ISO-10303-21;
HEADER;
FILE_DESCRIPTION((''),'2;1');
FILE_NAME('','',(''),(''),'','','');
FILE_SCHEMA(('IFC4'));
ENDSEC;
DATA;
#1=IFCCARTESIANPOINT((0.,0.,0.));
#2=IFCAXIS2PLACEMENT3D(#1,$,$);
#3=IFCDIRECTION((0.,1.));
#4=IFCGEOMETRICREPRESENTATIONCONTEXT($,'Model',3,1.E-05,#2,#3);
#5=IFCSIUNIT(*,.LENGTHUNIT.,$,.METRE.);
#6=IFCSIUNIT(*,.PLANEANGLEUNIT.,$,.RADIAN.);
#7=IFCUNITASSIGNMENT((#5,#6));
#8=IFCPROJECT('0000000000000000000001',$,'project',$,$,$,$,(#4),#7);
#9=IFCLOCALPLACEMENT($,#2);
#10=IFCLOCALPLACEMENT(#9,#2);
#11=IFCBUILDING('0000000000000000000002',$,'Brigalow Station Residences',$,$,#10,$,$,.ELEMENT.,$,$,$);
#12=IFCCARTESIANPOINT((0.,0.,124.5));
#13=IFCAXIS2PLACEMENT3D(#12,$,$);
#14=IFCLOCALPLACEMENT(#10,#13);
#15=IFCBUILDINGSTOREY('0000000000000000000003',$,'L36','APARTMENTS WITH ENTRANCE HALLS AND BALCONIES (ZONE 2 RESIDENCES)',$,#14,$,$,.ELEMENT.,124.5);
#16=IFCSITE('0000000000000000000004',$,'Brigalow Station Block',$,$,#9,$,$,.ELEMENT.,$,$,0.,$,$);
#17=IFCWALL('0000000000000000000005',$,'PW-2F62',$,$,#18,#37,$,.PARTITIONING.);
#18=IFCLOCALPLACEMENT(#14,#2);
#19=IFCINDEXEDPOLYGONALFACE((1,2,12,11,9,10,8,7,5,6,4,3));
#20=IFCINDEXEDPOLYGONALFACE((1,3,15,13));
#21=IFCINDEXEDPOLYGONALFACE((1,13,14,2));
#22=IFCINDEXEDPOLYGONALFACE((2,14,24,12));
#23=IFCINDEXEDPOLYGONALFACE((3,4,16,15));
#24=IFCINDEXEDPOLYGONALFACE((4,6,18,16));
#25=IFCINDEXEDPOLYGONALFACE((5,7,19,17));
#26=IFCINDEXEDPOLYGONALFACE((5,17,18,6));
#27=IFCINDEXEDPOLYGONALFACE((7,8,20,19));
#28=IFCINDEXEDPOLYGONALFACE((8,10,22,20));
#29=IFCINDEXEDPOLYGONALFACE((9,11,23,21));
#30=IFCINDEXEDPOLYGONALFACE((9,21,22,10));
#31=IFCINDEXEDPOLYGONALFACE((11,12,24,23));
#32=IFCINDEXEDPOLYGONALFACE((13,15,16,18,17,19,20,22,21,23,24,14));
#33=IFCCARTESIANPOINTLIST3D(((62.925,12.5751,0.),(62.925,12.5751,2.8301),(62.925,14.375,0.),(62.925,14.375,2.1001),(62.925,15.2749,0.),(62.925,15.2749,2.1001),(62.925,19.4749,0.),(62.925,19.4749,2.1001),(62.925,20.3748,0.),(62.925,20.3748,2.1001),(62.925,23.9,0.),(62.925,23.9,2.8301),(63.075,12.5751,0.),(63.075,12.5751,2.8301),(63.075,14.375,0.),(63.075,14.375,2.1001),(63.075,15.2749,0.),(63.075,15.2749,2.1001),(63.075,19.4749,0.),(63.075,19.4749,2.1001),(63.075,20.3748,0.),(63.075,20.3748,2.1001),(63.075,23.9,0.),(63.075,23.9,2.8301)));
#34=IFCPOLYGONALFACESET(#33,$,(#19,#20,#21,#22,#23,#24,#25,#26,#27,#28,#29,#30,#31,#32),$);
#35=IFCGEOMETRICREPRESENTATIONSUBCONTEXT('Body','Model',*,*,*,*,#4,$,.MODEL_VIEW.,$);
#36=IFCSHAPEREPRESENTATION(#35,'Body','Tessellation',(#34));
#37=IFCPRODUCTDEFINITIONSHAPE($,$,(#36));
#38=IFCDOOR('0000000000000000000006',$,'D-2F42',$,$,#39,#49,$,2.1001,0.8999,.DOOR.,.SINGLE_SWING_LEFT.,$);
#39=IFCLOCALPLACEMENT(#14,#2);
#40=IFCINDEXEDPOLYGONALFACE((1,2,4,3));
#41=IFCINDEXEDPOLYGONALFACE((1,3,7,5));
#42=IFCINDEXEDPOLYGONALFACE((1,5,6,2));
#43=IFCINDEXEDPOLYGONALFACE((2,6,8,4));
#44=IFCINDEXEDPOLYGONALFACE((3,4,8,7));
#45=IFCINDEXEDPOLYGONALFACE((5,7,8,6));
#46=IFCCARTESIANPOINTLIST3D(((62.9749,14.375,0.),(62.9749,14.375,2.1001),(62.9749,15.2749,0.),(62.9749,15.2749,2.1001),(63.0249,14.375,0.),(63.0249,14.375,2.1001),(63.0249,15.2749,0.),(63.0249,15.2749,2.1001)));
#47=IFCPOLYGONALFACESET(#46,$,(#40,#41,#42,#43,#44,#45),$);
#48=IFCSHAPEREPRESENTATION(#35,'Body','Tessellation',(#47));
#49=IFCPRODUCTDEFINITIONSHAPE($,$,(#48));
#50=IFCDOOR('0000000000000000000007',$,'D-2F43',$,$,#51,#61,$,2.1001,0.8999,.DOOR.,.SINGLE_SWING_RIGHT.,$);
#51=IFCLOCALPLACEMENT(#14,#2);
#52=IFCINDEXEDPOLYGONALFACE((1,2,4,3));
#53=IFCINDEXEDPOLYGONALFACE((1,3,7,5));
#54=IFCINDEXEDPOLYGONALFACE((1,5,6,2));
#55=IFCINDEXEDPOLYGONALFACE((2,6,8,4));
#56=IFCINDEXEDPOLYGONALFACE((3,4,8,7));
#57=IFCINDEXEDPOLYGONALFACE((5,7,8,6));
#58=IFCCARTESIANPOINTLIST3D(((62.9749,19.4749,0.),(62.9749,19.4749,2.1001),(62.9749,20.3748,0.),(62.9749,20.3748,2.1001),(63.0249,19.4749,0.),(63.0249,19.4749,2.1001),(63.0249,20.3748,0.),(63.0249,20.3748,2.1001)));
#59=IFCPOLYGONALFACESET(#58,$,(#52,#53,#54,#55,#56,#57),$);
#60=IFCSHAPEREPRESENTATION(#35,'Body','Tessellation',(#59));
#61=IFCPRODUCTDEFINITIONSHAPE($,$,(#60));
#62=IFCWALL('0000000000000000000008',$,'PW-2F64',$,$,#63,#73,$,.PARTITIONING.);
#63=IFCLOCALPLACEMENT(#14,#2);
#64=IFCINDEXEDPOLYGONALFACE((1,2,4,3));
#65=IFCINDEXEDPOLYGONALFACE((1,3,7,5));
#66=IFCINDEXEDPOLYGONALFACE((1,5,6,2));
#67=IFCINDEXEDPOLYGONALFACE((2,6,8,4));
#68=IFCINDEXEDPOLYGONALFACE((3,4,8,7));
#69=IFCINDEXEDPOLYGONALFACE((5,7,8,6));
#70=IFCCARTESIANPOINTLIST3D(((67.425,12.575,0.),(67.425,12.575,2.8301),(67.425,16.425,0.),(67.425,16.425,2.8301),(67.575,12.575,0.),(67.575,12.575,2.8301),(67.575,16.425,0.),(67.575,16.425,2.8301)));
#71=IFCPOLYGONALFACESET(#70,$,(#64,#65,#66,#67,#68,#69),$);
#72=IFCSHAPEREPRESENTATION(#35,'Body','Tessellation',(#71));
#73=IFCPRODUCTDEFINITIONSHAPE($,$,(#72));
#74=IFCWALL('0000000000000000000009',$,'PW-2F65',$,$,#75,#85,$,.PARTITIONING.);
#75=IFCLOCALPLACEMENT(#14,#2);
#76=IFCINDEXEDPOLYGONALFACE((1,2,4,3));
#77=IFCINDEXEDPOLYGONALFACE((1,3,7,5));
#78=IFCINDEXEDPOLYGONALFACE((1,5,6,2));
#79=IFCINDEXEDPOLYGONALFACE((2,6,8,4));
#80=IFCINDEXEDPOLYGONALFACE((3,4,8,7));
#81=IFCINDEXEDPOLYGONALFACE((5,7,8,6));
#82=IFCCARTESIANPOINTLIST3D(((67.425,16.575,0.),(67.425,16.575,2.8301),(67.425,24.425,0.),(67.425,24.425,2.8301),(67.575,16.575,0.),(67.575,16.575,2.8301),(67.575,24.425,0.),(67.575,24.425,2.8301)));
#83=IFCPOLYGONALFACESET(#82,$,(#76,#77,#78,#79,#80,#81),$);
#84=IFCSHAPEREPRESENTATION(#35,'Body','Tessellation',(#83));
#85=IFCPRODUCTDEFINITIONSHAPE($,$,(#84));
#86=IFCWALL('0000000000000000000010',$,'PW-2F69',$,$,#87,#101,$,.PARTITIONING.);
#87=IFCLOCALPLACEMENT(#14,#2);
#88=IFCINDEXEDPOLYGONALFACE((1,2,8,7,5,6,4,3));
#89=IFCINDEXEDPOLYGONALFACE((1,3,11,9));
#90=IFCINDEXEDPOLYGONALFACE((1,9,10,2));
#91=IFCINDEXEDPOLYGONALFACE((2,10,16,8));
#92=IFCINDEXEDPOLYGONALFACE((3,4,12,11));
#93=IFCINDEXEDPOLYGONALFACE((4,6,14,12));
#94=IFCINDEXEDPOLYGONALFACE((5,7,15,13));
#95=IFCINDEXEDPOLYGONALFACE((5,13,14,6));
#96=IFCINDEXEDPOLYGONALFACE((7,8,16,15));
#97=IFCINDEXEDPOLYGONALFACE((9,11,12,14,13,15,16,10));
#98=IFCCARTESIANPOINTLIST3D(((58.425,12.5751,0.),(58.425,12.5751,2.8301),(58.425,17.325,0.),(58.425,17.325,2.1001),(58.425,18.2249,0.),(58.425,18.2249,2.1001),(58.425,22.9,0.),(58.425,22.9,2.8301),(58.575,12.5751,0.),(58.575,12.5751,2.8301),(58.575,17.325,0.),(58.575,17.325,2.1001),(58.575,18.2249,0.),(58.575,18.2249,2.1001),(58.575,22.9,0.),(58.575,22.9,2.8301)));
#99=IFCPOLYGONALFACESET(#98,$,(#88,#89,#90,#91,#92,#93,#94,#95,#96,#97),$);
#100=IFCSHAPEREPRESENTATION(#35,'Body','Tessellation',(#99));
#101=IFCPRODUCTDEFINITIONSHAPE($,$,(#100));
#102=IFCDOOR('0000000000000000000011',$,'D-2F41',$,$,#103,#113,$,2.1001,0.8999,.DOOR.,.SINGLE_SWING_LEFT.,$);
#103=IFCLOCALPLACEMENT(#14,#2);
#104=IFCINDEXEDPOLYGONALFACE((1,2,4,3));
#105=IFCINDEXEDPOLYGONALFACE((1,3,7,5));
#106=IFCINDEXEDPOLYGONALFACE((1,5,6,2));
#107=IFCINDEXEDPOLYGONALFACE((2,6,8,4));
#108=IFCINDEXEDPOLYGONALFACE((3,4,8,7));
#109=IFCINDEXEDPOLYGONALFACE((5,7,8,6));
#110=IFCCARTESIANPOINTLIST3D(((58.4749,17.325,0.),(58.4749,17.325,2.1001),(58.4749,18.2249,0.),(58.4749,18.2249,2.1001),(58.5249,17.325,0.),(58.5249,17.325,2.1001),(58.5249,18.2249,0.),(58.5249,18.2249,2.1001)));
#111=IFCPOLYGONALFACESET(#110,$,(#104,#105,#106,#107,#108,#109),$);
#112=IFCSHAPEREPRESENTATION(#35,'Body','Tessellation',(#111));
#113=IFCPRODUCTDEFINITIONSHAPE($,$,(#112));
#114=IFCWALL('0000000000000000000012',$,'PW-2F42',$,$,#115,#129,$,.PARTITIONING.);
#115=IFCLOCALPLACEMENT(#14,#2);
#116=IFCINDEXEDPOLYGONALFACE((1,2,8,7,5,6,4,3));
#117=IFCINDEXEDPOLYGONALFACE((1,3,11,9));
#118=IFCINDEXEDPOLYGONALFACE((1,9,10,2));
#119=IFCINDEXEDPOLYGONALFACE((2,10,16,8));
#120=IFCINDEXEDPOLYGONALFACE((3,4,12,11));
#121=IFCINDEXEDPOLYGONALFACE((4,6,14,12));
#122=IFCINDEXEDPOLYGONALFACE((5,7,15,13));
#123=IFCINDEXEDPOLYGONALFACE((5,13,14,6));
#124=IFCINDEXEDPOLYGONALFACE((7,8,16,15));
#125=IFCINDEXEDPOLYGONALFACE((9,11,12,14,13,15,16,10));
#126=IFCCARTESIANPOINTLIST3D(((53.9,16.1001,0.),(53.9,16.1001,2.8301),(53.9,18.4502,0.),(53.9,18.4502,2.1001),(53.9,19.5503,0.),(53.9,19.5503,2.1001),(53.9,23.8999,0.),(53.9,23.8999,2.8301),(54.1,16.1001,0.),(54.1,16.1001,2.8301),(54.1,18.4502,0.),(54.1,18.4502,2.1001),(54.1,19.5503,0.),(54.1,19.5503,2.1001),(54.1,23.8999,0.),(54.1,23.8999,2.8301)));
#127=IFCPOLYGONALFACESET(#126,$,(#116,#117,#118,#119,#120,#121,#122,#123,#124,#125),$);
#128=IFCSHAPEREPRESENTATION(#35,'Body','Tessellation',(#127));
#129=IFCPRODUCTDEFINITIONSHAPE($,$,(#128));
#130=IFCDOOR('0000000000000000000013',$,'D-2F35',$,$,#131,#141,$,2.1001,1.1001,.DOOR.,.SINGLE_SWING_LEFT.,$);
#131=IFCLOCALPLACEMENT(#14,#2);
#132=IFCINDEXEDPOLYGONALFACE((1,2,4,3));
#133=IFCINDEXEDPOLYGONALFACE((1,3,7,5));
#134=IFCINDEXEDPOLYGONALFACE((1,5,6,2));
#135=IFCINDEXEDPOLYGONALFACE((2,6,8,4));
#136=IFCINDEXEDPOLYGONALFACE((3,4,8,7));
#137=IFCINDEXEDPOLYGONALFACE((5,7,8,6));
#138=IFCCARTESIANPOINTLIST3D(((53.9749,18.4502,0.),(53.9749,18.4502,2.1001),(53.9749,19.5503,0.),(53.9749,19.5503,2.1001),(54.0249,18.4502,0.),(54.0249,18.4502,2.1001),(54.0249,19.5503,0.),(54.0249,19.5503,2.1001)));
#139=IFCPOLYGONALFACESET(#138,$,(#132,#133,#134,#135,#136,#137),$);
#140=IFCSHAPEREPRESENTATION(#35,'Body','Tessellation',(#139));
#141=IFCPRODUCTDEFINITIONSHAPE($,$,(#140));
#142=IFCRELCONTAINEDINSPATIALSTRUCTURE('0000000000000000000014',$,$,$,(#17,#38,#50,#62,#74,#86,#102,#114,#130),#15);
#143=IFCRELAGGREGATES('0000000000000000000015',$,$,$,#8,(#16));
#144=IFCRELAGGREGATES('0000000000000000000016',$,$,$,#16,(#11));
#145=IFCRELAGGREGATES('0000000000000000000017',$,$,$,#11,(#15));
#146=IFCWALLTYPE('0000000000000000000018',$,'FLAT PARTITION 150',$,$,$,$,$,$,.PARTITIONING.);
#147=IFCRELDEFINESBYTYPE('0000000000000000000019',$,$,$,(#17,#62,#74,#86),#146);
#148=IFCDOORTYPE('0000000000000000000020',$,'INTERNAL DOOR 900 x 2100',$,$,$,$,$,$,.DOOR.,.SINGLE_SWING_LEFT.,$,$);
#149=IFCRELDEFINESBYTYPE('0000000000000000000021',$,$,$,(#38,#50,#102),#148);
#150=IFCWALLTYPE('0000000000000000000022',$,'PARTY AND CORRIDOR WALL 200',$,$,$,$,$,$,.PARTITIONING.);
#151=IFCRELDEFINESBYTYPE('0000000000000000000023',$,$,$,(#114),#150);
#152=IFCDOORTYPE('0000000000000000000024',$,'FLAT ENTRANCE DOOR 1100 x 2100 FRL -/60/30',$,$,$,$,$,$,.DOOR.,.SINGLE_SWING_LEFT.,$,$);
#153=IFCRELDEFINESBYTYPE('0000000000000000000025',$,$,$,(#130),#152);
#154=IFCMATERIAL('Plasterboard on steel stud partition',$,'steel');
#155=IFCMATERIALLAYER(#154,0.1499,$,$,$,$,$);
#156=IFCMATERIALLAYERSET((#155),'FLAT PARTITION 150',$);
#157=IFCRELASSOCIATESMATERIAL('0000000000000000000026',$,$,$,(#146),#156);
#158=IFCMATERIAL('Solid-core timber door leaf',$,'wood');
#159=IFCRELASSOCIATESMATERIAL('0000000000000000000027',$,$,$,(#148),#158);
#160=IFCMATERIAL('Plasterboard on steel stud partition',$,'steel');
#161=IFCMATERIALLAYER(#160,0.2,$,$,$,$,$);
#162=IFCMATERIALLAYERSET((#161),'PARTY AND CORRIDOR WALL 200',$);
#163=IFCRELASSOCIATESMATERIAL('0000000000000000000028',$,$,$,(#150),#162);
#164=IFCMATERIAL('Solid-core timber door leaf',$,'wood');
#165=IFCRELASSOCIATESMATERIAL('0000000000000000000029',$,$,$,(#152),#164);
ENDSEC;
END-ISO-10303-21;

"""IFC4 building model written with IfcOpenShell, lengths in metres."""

from ifc_helpers import new_model, si_unit, direction, frame, frame_2d, origin, place, context, subcontext, project, spatial, rectangle, extrude, material, layer, layer_set, type_object, element, fill, save


model = new_model("IFC4")

# Units and contexts
model_context = context("Model", 3, precision=1e-05, world=origin(), true_north=direction((0.0, 1.0)))
body_context = subcontext(model_context, "Body", "Model", "MODEL_VIEW")
ifc_project = project(units=[si_unit("LENGTHUNIT", "METRE"), si_unit("PLANEANGLEUNIT", "RADIAN")], contexts=[model_context])

# Site, building, storey
site_placement = place(None, origin())
site = spatial("IfcSite", under=ifc_project, at=site_placement, Name="Brigalow Station Block", CompositionType="ELEMENT", RefElevation=0.0)
building_placement = place(site_placement, origin())
building = spatial("IfcBuilding", under=site, at=building_placement, Name="Brigalow Station Residences", CompositionType="ELEMENT")
storey_placement = place(building_placement, frame((0.0, 0.0, 124.5)))
storey = spatial("IfcBuildingStorey", under=building, at=storey_placement, Name="L36", Description="APARTMENTS WITH ENTRANCE HALLS AND BALCONIES (ZONE 2 RESIDENCES)", CompositionType="ELEMENT", Elevation=124.5)

# Shared definitions
ifc_material_1 = material(Name="Plasterboard on steel stud partition", Category="steel")
ifc_layer_1 = layer(ifc_material_1, 0.1499)
ifc_layer_set_1 = layer_set([ifc_layer_1], Name="FLAT PARTITION 150")
wall_type_1 = type_object("IfcWallType", Name="FLAT PARTITION 150", PredefinedType="PARTITIONING", material=ifc_layer_set_1)

# Wall, openings, doors
wall_1_placement = place(storey_placement, frame((63.0, 12.575, 0.0), z_axis=(0.0, 0.0, 1.0), x_axis=(0.0, 1.0, 0.0)))
wall_1 = element("IfcWall", 1, at=wall_1_placement, inside=storey, type_object=wall_type_1, Name="PW-2F62", PredefinedType="PARTITIONING", context=body_context, shape_type="SweptSolid", body=[
    extrude(rectangle(XDim=11.325, YDim=0.1499, at=frame_2d((5.6626, 0.0))), origin(), (0.0, 0.0, 1.0), 2.8301),
])
opening_1_placement = place(wall_1_placement, frame((1.8, 0.0, 0.0)))
opening_1 = element("IfcOpeningElement", 2, at=opening_1_placement, cuts=wall_1, PredefinedType="OPENING", context=body_context, shape_type="SweptSolid", body=[
    extrude(rectangle(XDim=0.8999, YDim=2.1001, at=frame_2d((0.45, 1.05))), frame((0.0, 0.085, 0.0), z_axis=(0.0, -1.0, 0.0), x_axis=(1.0, 0.0, 0.0)), (0.0, 0.0, 1.0), 0.1699),
])
opening_2_placement = place(wall_1_placement, frame((6.8999, 0.0, 0.0)))
opening_2 = element("IfcOpeningElement", 3, at=opening_2_placement, cuts=wall_1, PredefinedType="OPENING", context=body_context, shape_type="SweptSolid", body=[
    extrude(rectangle(XDim=0.8999, YDim=2.1001, at=frame_2d((0.45, 1.05))), frame((0.0, 0.085, 0.0), z_axis=(0.0, -1.0, 0.0), x_axis=(1.0, 0.0, 0.0)), (0.0, 0.0, 1.0), 0.1699),
])
ifc_material_2 = material(Name="Solid-core timber door leaf", Category="wood")
door_type_1 = type_object("IfcDoorType", Name="INTERNAL DOOR 900 x 2100", OperationType="SINGLE_SWING_LEFT", PredefinedType="DOOR", material=ifc_material_2)
door_1_placement = place(opening_1_placement, frame((0.8999, 0.0, 0.0), z_axis=(0.0, 0.0, 1.0), x_axis=(-1.0, 0.0, 0.0)))
door_1 = element("IfcDoor", 4, at=door_1_placement, inside=storey, type_object=door_type_1, Name="D-2F42", OperationType="SINGLE_SWING_LEFT", OverallHeight=2.1001, OverallWidth=0.8999, PredefinedType="DOOR", context=body_context, shape_type="SweptSolid", body=[
    extrude(rectangle(XDim=0.8999, YDim=2.1001, at=frame_2d((0.45, 1.05))), frame((0.0, 0.0249, 0.0), z_axis=(0.0, -1.0, 0.0), x_axis=(1.0, 0.0, 0.0)), (0.0, 0.0, 1.0), 0.05),
])
fill(opening_1, door_1)
door_2_placement = place(opening_2_placement, frame((0.8999, 0.0, 0.0), z_axis=(0.0, 0.0, 1.0), x_axis=(-1.0, 0.0, 0.0)))
door_2 = element("IfcDoor", 5, at=door_2_placement, inside=storey, type_object=door_type_1, Name="D-2F43", OperationType="SINGLE_SWING_RIGHT", OverallHeight=2.1001, OverallWidth=0.8999, PredefinedType="DOOR", context=body_context, shape_type="SweptSolid", body=[
    extrude(rectangle(XDim=0.8999, YDim=2.1001, at=frame_2d((0.45, 1.05))), frame((0.0, 0.0249, 0.0), z_axis=(0.0, -1.0, 0.0), x_axis=(1.0, 0.0, 0.0)), (0.0, 0.0, 1.0), 0.05),
])
fill(opening_2, door_2)

# Walls
wall_2_placement = place(storey_placement, frame((67.5, 12.575, 0.0), z_axis=(0.0, 0.0, 1.0), x_axis=(0.0, 1.0, 0.0)))
element("IfcWall", 6, at=wall_2_placement, inside=storey, type_object=wall_type_1, Name="PW-2F64", PredefinedType="PARTITIONING", context=body_context, shape_type="SweptSolid", body=[
    extrude(rectangle(XDim=3.8501, YDim=0.1499, at=frame_2d((1.925, 0.0))), origin(), (0.0, 0.0, 1.0), 2.8301),
])
wall_3_placement = place(storey_placement, frame((67.5, 16.575, 0.0), z_axis=(0.0, 0.0, 1.0), x_axis=(0.0, 1.0, 0.0)))
element("IfcWall", 7, at=wall_3_placement, inside=storey, type_object=wall_type_1, Name="PW-2F65", PredefinedType="PARTITIONING", context=body_context, shape_type="SweptSolid", body=[
    extrude(rectangle(XDim=7.8501, YDim=0.1499, at=frame_2d((3.925, 0.0))), origin(), (0.0, 0.0, 1.0), 2.8301),
])

# Walls, openings, doors
wall_4_placement = place(storey_placement, frame((58.5, 12.575, 0.0), z_axis=(0.0, 0.0, 1.0), x_axis=(0.0, 1.0, 0.0)))
wall_4 = element("IfcWall", 8, at=wall_4_placement, inside=storey, type_object=wall_type_1, Name="PW-2F69", PredefinedType="PARTITIONING", context=body_context, shape_type="SweptSolid", body=[
    extrude(rectangle(XDim=10.325, YDim=0.1499, at=frame_2d((5.1626, 0.0))), origin(), (0.0, 0.0, 1.0), 2.8301),
])
opening_3_placement = place(wall_4_placement, frame((4.75, 0.0, 0.0)))
opening_3 = element("IfcOpeningElement", 9, at=opening_3_placement, cuts=wall_4, PredefinedType="OPENING", context=body_context, shape_type="SweptSolid", body=[
    extrude(rectangle(XDim=0.8999, YDim=2.1001, at=frame_2d((0.45, 1.05))), frame((0.0, 0.085, 0.0), z_axis=(0.0, -1.0, 0.0), x_axis=(1.0, 0.0, 0.0)), (0.0, 0.0, 1.0), 0.1699),
])
door_3_placement = place(opening_3_placement, frame((0.8999, 0.0, 0.0), z_axis=(0.0, 0.0, 1.0), x_axis=(-1.0, 0.0, 0.0)))
door_3 = element("IfcDoor", 10, at=door_3_placement, inside=storey, type_object=door_type_1, Name="D-2F41", OperationType="SINGLE_SWING_LEFT", OverallHeight=2.1001, OverallWidth=0.8999, PredefinedType="DOOR", context=body_context, shape_type="SweptSolid", body=[
    extrude(rectangle(XDim=0.8999, YDim=2.1001, at=frame_2d((0.45, 1.05))), frame((0.0, 0.0249, 0.0), z_axis=(0.0, -1.0, 0.0), x_axis=(1.0, 0.0, 0.0)), (0.0, 0.0, 1.0), 0.05),
])
fill(opening_3, door_3)
ifc_material_3 = material(Name="Plasterboard on steel stud partition", Category="steel")
ifc_layer_2 = layer(ifc_material_3, 0.2)
ifc_layer_set_2 = layer_set([ifc_layer_2], Name="PARTY AND CORRIDOR WALL 200")
wall_type_2 = type_object("IfcWallType", Name="PARTY AND CORRIDOR WALL 200", PredefinedType="PARTITIONING", material=ifc_layer_set_2)
wall_5_placement = place(storey_placement, frame((54.0, 16.1001, 0.0), z_axis=(0.0, 0.0, 1.0), x_axis=(0.0, 1.0, 0.0)))
wall_5 = element("IfcWall", 11, at=wall_5_placement, inside=storey, type_object=wall_type_2, Name="PW-2F42", PredefinedType="PARTITIONING", context=body_context, shape_type="SweptSolid", body=[
    extrude(rectangle(XDim=7.7998, YDim=0.2, at=frame_2d((3.8999, 0.0))), origin(), (0.0, 0.0, 1.0), 2.8301),
])
opening_4_placement = place(wall_5_placement, frame((2.3501, 0.0, 0.0)))
opening_4 = element("IfcOpeningElement", 12, at=opening_4_placement, cuts=wall_5, PredefinedType="OPENING", context=body_context, shape_type="SweptSolid", body=[
    extrude(rectangle(XDim=1.1001, YDim=2.1001, at=frame_2d((0.55, 1.05))), frame((0.0, 0.1099, 0.0), z_axis=(0.0, -1.0, 0.0), x_axis=(1.0, 0.0, 0.0)), (0.0, 0.0, 1.0), 0.22),
])
ifc_material_4 = material(Name="Solid-core timber door leaf", Category="wood")
door_type_2 = type_object("IfcDoorType", Name="FLAT ENTRANCE DOOR 1100 x 2100 FRL -/60/30", OperationType="SINGLE_SWING_LEFT", PredefinedType="DOOR", material=ifc_material_4)
door_4_placement = place(opening_4_placement, frame((1.1001, 0.0, 0.0), z_axis=(0.0, 0.0, 1.0), x_axis=(-1.0, 0.0, 0.0)))
door_4 = element("IfcDoor", 13, at=door_4_placement, inside=storey, type_object=door_type_2, Name="D-2F35", OperationType="SINGLE_SWING_LEFT", OverallHeight=2.1001, OverallWidth=1.1001, PredefinedType="DOOR", context=body_context, shape_type="SweptSolid", body=[
    extrude(rectangle(XDim=1.1001, YDim=2.1001, at=frame_2d((0.55, 1.05))), frame((0.0, 0.0249, 0.0), z_axis=(0.0, -1.0, 0.0), x_axis=(1.0, 0.0, 0.0)), (0.0, 0.0, 1.0), 0.05),
])
fill(opening_4, door_4)

save(model, "model.ifc")
